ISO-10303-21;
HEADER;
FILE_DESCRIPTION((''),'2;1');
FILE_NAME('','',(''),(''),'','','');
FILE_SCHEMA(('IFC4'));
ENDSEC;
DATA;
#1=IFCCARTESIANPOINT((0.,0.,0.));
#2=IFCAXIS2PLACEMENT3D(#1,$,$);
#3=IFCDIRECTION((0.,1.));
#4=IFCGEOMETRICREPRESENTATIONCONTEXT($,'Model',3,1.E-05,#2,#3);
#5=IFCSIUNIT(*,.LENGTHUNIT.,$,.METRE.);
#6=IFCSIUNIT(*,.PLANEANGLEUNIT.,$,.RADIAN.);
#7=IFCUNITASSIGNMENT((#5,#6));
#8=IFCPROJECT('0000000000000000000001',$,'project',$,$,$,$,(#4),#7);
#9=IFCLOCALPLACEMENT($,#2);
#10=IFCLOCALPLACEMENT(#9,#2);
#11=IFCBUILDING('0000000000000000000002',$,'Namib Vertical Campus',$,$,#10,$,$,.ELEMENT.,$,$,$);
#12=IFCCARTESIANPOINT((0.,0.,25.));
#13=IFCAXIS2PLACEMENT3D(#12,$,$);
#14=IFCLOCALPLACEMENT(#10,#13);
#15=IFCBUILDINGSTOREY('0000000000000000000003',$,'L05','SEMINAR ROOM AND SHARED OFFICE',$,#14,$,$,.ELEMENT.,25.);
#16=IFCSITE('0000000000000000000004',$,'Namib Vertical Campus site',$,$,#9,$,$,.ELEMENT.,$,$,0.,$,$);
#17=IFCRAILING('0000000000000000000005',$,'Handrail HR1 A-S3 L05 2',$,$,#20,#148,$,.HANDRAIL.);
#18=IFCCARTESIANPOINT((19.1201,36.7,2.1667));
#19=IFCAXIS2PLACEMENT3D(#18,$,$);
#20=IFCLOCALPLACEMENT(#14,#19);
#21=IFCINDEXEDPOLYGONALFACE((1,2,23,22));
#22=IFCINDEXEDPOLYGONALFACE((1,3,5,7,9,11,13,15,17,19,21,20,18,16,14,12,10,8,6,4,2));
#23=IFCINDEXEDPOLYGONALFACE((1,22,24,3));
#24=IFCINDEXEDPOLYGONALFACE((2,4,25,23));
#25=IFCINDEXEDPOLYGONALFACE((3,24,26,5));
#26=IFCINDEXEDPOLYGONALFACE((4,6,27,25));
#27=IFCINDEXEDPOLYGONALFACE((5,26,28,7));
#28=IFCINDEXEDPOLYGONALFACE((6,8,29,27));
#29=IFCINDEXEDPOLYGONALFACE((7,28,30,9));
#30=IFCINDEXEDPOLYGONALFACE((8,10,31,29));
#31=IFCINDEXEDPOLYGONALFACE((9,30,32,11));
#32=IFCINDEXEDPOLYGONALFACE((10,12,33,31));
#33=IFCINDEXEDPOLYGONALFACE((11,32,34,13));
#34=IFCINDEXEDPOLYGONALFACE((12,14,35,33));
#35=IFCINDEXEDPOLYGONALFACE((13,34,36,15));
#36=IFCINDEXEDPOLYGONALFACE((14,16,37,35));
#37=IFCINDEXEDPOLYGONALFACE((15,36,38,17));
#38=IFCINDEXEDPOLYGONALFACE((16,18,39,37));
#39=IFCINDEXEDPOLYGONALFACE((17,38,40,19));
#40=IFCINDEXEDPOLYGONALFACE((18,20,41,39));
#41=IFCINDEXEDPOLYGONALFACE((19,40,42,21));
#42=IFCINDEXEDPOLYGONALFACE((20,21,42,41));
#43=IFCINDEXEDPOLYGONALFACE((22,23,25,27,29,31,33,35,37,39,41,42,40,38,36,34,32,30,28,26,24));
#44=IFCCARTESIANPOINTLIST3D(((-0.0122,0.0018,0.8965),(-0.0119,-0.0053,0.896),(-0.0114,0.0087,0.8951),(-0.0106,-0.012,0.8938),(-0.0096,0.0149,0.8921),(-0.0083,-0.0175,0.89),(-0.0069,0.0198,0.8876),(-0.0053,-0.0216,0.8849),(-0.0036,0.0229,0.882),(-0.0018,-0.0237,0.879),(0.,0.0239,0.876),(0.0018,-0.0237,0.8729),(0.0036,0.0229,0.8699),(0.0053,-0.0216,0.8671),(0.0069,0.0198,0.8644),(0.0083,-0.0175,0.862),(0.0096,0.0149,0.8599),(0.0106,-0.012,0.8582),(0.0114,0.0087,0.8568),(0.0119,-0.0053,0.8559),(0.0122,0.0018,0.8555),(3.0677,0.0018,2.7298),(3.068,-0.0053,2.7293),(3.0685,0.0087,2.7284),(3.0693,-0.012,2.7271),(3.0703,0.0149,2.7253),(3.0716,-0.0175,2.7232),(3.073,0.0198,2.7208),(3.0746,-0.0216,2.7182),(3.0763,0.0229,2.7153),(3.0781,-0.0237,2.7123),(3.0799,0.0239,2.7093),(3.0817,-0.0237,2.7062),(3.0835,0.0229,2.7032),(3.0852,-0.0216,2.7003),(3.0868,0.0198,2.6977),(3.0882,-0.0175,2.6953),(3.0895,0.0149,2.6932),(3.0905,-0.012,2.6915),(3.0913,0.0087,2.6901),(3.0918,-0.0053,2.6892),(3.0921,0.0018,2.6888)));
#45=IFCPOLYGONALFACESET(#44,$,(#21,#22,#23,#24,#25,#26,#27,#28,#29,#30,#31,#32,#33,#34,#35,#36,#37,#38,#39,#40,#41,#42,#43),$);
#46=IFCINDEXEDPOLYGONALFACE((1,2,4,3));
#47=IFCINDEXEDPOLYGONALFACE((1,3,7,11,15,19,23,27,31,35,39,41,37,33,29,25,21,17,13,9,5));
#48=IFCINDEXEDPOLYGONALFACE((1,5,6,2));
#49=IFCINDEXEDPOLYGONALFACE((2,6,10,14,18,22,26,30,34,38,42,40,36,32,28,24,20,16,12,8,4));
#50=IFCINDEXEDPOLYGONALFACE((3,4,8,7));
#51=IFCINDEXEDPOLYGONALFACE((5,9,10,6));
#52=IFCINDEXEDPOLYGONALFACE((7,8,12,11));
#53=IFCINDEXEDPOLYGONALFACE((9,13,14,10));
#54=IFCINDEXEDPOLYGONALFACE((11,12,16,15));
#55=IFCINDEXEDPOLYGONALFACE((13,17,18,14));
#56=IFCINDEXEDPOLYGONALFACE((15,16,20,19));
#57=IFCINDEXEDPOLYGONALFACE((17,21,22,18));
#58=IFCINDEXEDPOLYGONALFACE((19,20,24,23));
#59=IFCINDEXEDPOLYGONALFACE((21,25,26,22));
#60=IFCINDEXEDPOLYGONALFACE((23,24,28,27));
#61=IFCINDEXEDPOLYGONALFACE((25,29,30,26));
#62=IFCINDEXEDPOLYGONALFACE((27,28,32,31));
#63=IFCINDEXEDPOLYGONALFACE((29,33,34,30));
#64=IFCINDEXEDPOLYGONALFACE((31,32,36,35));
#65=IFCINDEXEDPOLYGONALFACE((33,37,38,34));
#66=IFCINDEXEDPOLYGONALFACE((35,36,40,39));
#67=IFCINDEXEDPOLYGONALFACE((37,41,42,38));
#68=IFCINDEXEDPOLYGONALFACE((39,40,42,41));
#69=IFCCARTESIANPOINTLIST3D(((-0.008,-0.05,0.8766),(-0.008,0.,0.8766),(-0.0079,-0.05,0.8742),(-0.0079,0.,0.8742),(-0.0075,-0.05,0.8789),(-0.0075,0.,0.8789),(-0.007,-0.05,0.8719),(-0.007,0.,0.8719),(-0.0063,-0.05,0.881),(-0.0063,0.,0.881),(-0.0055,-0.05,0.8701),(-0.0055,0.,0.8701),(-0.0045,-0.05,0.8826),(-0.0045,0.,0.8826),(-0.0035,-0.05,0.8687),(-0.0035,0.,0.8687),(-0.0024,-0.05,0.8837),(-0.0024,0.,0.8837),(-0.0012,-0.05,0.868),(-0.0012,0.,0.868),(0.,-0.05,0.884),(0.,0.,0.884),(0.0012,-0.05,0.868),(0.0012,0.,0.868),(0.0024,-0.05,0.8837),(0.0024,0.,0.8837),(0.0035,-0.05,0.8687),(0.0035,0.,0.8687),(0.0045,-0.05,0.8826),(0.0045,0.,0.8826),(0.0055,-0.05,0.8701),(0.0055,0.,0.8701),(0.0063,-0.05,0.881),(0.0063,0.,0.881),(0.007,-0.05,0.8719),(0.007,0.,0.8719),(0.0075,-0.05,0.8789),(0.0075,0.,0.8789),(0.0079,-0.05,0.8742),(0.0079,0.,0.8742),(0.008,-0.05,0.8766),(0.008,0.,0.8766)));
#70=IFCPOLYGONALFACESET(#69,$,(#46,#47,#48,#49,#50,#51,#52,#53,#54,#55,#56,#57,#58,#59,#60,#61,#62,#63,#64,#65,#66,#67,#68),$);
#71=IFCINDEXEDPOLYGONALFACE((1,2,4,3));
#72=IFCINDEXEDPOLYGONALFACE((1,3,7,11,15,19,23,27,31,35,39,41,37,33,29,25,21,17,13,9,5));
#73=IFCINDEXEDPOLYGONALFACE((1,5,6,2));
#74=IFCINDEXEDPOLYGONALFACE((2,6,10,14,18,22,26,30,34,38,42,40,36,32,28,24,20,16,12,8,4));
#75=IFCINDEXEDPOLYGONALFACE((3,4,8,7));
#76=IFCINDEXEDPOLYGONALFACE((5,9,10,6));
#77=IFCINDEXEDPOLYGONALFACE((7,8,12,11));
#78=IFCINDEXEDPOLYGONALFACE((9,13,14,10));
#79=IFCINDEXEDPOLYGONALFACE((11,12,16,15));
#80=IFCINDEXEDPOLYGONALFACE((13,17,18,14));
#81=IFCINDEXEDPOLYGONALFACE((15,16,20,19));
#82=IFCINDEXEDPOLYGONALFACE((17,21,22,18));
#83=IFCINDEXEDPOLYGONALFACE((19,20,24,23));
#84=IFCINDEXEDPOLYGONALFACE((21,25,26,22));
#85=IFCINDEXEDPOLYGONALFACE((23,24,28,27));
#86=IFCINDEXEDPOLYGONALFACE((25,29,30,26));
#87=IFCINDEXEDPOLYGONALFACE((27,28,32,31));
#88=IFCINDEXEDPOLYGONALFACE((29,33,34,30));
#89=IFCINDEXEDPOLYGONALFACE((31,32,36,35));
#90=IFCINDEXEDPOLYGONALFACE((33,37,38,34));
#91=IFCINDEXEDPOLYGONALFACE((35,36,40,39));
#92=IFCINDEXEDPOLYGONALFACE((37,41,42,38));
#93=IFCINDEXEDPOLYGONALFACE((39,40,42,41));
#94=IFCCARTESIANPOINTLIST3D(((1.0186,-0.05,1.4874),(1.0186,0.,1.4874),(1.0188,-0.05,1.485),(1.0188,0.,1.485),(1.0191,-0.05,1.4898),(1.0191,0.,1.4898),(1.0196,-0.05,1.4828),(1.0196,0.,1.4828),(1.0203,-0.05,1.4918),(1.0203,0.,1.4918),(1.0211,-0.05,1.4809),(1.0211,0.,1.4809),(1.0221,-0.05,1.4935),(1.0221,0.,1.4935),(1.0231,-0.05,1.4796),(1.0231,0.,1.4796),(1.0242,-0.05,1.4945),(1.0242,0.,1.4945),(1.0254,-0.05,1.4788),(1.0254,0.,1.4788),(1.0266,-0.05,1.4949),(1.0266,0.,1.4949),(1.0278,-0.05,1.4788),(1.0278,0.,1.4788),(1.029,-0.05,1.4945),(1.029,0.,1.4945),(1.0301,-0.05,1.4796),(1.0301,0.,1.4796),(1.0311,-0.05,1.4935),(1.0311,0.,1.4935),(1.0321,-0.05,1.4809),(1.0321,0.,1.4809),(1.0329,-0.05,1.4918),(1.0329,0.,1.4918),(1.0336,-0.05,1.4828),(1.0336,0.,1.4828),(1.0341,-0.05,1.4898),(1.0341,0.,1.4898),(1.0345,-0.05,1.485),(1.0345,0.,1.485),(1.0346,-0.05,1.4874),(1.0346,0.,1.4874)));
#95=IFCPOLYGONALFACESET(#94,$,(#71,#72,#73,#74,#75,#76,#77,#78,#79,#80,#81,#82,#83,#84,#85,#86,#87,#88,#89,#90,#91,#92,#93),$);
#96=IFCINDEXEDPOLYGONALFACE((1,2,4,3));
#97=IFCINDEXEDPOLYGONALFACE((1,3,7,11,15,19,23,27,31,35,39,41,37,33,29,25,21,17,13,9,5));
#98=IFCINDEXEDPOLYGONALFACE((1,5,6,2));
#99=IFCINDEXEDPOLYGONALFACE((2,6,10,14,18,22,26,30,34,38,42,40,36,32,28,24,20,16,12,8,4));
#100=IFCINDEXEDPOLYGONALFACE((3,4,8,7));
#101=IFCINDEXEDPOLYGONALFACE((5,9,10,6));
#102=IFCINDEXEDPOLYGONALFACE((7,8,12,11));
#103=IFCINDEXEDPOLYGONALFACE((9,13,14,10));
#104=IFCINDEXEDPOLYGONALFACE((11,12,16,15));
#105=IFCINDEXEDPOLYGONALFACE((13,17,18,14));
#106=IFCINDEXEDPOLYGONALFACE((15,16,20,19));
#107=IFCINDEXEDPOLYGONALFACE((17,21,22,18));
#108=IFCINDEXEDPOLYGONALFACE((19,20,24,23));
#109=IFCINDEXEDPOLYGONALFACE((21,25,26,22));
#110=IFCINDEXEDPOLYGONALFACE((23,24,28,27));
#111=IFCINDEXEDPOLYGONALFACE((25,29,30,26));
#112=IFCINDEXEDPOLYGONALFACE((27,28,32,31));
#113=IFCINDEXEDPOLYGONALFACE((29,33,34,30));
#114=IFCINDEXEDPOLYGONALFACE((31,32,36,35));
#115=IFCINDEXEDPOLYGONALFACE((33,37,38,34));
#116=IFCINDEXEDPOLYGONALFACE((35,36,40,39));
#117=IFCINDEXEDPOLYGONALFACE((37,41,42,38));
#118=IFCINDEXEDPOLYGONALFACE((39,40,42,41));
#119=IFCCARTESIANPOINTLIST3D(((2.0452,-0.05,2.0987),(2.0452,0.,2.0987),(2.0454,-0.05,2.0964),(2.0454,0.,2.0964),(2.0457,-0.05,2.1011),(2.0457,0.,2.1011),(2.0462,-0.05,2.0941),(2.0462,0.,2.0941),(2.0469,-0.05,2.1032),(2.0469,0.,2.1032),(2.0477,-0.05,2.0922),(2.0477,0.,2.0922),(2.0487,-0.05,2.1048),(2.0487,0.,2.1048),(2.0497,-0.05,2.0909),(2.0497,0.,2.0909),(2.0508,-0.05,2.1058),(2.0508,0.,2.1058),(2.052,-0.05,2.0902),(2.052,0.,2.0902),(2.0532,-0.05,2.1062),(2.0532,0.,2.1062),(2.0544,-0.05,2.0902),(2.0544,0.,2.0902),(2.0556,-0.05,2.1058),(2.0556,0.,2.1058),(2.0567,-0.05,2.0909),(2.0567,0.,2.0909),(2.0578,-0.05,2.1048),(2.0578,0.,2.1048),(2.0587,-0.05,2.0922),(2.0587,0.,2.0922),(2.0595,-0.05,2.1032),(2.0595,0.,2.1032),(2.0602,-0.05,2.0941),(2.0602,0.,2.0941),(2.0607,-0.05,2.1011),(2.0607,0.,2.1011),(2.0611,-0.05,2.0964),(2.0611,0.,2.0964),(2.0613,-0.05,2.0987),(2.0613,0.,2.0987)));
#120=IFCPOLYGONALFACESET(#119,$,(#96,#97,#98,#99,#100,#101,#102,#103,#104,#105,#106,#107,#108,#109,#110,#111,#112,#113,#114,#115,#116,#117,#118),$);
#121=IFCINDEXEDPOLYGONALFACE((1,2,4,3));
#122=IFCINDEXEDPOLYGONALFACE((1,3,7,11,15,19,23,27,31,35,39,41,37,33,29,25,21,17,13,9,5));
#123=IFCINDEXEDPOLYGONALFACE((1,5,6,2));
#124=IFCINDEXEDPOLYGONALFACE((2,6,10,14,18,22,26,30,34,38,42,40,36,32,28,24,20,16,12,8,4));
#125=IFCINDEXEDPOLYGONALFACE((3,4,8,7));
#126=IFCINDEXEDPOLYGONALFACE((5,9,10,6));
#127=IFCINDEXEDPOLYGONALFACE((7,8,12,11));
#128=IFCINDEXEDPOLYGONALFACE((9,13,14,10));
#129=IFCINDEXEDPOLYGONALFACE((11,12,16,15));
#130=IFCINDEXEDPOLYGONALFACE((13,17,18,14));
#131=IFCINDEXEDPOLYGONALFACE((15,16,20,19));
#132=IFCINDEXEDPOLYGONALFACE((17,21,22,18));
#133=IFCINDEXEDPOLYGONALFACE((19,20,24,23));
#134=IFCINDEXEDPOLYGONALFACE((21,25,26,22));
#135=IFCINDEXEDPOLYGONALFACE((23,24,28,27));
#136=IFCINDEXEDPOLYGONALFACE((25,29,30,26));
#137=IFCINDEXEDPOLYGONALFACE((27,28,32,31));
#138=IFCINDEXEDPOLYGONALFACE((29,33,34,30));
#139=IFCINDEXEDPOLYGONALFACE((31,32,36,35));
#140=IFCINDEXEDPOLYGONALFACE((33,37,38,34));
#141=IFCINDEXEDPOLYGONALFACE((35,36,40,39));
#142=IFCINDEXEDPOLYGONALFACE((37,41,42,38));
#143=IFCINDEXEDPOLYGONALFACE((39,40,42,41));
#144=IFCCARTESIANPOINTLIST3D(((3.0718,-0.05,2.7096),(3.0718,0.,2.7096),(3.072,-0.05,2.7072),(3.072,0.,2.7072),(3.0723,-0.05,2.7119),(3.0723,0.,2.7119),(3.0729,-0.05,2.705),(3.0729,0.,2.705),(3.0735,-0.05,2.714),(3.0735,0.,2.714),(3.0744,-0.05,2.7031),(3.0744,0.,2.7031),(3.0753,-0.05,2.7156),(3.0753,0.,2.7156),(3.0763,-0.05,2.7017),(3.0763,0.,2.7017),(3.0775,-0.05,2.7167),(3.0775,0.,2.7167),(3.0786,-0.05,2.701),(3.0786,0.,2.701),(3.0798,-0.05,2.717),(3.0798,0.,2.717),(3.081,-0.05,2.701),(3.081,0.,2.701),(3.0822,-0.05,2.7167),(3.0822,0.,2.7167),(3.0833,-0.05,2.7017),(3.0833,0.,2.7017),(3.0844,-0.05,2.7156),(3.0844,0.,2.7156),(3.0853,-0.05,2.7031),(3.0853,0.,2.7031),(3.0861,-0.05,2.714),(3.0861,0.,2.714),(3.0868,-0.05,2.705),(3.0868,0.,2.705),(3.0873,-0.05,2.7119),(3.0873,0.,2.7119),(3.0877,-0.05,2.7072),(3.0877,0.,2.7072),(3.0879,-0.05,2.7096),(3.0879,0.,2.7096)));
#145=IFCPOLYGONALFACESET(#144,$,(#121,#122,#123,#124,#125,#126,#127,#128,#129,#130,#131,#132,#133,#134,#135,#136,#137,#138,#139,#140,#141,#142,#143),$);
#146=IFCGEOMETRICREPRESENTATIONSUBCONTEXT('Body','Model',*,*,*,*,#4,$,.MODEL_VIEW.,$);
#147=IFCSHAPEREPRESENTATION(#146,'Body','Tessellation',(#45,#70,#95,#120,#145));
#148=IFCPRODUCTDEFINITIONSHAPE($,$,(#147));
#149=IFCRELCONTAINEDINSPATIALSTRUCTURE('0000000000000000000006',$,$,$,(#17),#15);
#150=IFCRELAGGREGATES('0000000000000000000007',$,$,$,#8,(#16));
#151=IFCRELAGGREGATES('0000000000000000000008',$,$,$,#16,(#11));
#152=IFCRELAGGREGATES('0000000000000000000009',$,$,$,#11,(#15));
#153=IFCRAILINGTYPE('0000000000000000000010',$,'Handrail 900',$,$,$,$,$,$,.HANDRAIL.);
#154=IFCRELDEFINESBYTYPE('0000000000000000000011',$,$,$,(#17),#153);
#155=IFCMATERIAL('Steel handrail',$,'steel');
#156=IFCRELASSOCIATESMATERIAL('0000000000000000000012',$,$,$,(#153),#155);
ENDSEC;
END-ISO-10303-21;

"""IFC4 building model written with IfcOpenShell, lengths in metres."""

from ifc_helpers import new_model, si_unit, direction, frame, origin, origin_2d, place, context, subcontext, project, spatial, circle, extrude, material, type_object, element, save


model = new_model("IFC4")

# Units and contexts
model_context = context("Model", 3, precision=1e-05, world=origin(), true_north=direction((0.0, 1.0)))
body_context = subcontext(model_context, "Body", "Model", "MODEL_VIEW")
ifc_project = project(units=[si_unit("LENGTHUNIT", "METRE"), si_unit("PLANEANGLEUNIT", "RADIAN")], contexts=[model_context])

# Site, building, storey
site_placement = place(None, origin())
site = spatial("IfcSite", under=ifc_project, at=site_placement, Name="Namib Vertical Campus site", CompositionType="ELEMENT", RefElevation=0.0)
building_placement = place(site_placement, origin())
building = spatial("IfcBuilding", under=site, at=building_placement, Name="Namib Vertical Campus", CompositionType="ELEMENT")
storey_placement = place(building_placement, frame((0.0, 0.0, 25.0)))
storey = spatial("IfcBuildingStorey", under=building, at=storey_placement, Name="L05", Description="SEMINAR ROOM AND SHARED OFFICE", CompositionType="ELEMENT", Elevation=25.0)

# Railing
ifc_material_1 = material(Name="Steel handrail", Category="steel")
railing_type = type_object("IfcRailingType", Name="Handrail 900", PredefinedType="HANDRAIL", material=ifc_material_1)
railing_1_placement = place(storey_placement, frame((19.1201, 36.7, 2.1667)))
element("IfcRailing", 1, at=railing_1_placement, inside=storey, type_object=railing_type, Name="Handrail HR1 A-S3 L05 2", PredefinedType="HANDRAIL", context=body_context, shape_type="SweptSolid", body=[
    extrude(circle(Radius=0.0239, at=origin_2d()), frame((0.0, 0.0, 0.876), z_axis=(0.859291, 0.0, 0.511487), x_axis=(0.0, 1.0, 0.0)), (0.0, 0.0, 1.0), 3.5842),
    extrude(circle(Radius=0.0081, at=origin_2d()), frame((0.0, 0.0, 0.876), z_axis=(0.0, -1.0, 0.0), x_axis=(0.0, 0.0, 1.0)), (0.0, 0.0, 1.0), 0.05),
    extrude(circle(Radius=0.0081, at=origin_2d()), frame((1.0266, 0.0, 1.4868), z_axis=(0.0, -1.0, 0.0), x_axis=(0.0, 0.0, 1.0)), (0.0, 0.0, 1.0), 0.05),
    extrude(circle(Radius=0.0081, at=origin_2d()), frame((2.0532, 0.0, 2.0981), z_axis=(0.0, -1.0, 0.0), x_axis=(0.0, 0.0, 1.0)), (0.0, 0.0, 1.0), 0.05),
    extrude(circle(Radius=0.0081, at=origin_2d()), frame((3.0798, 0.0, 2.709), z_axis=(0.0, -1.0, 0.0), x_axis=(0.0, 0.0, 1.0)), (0.0, 0.0, 1.0), 0.05),
])

save(model, "model.ifc")
